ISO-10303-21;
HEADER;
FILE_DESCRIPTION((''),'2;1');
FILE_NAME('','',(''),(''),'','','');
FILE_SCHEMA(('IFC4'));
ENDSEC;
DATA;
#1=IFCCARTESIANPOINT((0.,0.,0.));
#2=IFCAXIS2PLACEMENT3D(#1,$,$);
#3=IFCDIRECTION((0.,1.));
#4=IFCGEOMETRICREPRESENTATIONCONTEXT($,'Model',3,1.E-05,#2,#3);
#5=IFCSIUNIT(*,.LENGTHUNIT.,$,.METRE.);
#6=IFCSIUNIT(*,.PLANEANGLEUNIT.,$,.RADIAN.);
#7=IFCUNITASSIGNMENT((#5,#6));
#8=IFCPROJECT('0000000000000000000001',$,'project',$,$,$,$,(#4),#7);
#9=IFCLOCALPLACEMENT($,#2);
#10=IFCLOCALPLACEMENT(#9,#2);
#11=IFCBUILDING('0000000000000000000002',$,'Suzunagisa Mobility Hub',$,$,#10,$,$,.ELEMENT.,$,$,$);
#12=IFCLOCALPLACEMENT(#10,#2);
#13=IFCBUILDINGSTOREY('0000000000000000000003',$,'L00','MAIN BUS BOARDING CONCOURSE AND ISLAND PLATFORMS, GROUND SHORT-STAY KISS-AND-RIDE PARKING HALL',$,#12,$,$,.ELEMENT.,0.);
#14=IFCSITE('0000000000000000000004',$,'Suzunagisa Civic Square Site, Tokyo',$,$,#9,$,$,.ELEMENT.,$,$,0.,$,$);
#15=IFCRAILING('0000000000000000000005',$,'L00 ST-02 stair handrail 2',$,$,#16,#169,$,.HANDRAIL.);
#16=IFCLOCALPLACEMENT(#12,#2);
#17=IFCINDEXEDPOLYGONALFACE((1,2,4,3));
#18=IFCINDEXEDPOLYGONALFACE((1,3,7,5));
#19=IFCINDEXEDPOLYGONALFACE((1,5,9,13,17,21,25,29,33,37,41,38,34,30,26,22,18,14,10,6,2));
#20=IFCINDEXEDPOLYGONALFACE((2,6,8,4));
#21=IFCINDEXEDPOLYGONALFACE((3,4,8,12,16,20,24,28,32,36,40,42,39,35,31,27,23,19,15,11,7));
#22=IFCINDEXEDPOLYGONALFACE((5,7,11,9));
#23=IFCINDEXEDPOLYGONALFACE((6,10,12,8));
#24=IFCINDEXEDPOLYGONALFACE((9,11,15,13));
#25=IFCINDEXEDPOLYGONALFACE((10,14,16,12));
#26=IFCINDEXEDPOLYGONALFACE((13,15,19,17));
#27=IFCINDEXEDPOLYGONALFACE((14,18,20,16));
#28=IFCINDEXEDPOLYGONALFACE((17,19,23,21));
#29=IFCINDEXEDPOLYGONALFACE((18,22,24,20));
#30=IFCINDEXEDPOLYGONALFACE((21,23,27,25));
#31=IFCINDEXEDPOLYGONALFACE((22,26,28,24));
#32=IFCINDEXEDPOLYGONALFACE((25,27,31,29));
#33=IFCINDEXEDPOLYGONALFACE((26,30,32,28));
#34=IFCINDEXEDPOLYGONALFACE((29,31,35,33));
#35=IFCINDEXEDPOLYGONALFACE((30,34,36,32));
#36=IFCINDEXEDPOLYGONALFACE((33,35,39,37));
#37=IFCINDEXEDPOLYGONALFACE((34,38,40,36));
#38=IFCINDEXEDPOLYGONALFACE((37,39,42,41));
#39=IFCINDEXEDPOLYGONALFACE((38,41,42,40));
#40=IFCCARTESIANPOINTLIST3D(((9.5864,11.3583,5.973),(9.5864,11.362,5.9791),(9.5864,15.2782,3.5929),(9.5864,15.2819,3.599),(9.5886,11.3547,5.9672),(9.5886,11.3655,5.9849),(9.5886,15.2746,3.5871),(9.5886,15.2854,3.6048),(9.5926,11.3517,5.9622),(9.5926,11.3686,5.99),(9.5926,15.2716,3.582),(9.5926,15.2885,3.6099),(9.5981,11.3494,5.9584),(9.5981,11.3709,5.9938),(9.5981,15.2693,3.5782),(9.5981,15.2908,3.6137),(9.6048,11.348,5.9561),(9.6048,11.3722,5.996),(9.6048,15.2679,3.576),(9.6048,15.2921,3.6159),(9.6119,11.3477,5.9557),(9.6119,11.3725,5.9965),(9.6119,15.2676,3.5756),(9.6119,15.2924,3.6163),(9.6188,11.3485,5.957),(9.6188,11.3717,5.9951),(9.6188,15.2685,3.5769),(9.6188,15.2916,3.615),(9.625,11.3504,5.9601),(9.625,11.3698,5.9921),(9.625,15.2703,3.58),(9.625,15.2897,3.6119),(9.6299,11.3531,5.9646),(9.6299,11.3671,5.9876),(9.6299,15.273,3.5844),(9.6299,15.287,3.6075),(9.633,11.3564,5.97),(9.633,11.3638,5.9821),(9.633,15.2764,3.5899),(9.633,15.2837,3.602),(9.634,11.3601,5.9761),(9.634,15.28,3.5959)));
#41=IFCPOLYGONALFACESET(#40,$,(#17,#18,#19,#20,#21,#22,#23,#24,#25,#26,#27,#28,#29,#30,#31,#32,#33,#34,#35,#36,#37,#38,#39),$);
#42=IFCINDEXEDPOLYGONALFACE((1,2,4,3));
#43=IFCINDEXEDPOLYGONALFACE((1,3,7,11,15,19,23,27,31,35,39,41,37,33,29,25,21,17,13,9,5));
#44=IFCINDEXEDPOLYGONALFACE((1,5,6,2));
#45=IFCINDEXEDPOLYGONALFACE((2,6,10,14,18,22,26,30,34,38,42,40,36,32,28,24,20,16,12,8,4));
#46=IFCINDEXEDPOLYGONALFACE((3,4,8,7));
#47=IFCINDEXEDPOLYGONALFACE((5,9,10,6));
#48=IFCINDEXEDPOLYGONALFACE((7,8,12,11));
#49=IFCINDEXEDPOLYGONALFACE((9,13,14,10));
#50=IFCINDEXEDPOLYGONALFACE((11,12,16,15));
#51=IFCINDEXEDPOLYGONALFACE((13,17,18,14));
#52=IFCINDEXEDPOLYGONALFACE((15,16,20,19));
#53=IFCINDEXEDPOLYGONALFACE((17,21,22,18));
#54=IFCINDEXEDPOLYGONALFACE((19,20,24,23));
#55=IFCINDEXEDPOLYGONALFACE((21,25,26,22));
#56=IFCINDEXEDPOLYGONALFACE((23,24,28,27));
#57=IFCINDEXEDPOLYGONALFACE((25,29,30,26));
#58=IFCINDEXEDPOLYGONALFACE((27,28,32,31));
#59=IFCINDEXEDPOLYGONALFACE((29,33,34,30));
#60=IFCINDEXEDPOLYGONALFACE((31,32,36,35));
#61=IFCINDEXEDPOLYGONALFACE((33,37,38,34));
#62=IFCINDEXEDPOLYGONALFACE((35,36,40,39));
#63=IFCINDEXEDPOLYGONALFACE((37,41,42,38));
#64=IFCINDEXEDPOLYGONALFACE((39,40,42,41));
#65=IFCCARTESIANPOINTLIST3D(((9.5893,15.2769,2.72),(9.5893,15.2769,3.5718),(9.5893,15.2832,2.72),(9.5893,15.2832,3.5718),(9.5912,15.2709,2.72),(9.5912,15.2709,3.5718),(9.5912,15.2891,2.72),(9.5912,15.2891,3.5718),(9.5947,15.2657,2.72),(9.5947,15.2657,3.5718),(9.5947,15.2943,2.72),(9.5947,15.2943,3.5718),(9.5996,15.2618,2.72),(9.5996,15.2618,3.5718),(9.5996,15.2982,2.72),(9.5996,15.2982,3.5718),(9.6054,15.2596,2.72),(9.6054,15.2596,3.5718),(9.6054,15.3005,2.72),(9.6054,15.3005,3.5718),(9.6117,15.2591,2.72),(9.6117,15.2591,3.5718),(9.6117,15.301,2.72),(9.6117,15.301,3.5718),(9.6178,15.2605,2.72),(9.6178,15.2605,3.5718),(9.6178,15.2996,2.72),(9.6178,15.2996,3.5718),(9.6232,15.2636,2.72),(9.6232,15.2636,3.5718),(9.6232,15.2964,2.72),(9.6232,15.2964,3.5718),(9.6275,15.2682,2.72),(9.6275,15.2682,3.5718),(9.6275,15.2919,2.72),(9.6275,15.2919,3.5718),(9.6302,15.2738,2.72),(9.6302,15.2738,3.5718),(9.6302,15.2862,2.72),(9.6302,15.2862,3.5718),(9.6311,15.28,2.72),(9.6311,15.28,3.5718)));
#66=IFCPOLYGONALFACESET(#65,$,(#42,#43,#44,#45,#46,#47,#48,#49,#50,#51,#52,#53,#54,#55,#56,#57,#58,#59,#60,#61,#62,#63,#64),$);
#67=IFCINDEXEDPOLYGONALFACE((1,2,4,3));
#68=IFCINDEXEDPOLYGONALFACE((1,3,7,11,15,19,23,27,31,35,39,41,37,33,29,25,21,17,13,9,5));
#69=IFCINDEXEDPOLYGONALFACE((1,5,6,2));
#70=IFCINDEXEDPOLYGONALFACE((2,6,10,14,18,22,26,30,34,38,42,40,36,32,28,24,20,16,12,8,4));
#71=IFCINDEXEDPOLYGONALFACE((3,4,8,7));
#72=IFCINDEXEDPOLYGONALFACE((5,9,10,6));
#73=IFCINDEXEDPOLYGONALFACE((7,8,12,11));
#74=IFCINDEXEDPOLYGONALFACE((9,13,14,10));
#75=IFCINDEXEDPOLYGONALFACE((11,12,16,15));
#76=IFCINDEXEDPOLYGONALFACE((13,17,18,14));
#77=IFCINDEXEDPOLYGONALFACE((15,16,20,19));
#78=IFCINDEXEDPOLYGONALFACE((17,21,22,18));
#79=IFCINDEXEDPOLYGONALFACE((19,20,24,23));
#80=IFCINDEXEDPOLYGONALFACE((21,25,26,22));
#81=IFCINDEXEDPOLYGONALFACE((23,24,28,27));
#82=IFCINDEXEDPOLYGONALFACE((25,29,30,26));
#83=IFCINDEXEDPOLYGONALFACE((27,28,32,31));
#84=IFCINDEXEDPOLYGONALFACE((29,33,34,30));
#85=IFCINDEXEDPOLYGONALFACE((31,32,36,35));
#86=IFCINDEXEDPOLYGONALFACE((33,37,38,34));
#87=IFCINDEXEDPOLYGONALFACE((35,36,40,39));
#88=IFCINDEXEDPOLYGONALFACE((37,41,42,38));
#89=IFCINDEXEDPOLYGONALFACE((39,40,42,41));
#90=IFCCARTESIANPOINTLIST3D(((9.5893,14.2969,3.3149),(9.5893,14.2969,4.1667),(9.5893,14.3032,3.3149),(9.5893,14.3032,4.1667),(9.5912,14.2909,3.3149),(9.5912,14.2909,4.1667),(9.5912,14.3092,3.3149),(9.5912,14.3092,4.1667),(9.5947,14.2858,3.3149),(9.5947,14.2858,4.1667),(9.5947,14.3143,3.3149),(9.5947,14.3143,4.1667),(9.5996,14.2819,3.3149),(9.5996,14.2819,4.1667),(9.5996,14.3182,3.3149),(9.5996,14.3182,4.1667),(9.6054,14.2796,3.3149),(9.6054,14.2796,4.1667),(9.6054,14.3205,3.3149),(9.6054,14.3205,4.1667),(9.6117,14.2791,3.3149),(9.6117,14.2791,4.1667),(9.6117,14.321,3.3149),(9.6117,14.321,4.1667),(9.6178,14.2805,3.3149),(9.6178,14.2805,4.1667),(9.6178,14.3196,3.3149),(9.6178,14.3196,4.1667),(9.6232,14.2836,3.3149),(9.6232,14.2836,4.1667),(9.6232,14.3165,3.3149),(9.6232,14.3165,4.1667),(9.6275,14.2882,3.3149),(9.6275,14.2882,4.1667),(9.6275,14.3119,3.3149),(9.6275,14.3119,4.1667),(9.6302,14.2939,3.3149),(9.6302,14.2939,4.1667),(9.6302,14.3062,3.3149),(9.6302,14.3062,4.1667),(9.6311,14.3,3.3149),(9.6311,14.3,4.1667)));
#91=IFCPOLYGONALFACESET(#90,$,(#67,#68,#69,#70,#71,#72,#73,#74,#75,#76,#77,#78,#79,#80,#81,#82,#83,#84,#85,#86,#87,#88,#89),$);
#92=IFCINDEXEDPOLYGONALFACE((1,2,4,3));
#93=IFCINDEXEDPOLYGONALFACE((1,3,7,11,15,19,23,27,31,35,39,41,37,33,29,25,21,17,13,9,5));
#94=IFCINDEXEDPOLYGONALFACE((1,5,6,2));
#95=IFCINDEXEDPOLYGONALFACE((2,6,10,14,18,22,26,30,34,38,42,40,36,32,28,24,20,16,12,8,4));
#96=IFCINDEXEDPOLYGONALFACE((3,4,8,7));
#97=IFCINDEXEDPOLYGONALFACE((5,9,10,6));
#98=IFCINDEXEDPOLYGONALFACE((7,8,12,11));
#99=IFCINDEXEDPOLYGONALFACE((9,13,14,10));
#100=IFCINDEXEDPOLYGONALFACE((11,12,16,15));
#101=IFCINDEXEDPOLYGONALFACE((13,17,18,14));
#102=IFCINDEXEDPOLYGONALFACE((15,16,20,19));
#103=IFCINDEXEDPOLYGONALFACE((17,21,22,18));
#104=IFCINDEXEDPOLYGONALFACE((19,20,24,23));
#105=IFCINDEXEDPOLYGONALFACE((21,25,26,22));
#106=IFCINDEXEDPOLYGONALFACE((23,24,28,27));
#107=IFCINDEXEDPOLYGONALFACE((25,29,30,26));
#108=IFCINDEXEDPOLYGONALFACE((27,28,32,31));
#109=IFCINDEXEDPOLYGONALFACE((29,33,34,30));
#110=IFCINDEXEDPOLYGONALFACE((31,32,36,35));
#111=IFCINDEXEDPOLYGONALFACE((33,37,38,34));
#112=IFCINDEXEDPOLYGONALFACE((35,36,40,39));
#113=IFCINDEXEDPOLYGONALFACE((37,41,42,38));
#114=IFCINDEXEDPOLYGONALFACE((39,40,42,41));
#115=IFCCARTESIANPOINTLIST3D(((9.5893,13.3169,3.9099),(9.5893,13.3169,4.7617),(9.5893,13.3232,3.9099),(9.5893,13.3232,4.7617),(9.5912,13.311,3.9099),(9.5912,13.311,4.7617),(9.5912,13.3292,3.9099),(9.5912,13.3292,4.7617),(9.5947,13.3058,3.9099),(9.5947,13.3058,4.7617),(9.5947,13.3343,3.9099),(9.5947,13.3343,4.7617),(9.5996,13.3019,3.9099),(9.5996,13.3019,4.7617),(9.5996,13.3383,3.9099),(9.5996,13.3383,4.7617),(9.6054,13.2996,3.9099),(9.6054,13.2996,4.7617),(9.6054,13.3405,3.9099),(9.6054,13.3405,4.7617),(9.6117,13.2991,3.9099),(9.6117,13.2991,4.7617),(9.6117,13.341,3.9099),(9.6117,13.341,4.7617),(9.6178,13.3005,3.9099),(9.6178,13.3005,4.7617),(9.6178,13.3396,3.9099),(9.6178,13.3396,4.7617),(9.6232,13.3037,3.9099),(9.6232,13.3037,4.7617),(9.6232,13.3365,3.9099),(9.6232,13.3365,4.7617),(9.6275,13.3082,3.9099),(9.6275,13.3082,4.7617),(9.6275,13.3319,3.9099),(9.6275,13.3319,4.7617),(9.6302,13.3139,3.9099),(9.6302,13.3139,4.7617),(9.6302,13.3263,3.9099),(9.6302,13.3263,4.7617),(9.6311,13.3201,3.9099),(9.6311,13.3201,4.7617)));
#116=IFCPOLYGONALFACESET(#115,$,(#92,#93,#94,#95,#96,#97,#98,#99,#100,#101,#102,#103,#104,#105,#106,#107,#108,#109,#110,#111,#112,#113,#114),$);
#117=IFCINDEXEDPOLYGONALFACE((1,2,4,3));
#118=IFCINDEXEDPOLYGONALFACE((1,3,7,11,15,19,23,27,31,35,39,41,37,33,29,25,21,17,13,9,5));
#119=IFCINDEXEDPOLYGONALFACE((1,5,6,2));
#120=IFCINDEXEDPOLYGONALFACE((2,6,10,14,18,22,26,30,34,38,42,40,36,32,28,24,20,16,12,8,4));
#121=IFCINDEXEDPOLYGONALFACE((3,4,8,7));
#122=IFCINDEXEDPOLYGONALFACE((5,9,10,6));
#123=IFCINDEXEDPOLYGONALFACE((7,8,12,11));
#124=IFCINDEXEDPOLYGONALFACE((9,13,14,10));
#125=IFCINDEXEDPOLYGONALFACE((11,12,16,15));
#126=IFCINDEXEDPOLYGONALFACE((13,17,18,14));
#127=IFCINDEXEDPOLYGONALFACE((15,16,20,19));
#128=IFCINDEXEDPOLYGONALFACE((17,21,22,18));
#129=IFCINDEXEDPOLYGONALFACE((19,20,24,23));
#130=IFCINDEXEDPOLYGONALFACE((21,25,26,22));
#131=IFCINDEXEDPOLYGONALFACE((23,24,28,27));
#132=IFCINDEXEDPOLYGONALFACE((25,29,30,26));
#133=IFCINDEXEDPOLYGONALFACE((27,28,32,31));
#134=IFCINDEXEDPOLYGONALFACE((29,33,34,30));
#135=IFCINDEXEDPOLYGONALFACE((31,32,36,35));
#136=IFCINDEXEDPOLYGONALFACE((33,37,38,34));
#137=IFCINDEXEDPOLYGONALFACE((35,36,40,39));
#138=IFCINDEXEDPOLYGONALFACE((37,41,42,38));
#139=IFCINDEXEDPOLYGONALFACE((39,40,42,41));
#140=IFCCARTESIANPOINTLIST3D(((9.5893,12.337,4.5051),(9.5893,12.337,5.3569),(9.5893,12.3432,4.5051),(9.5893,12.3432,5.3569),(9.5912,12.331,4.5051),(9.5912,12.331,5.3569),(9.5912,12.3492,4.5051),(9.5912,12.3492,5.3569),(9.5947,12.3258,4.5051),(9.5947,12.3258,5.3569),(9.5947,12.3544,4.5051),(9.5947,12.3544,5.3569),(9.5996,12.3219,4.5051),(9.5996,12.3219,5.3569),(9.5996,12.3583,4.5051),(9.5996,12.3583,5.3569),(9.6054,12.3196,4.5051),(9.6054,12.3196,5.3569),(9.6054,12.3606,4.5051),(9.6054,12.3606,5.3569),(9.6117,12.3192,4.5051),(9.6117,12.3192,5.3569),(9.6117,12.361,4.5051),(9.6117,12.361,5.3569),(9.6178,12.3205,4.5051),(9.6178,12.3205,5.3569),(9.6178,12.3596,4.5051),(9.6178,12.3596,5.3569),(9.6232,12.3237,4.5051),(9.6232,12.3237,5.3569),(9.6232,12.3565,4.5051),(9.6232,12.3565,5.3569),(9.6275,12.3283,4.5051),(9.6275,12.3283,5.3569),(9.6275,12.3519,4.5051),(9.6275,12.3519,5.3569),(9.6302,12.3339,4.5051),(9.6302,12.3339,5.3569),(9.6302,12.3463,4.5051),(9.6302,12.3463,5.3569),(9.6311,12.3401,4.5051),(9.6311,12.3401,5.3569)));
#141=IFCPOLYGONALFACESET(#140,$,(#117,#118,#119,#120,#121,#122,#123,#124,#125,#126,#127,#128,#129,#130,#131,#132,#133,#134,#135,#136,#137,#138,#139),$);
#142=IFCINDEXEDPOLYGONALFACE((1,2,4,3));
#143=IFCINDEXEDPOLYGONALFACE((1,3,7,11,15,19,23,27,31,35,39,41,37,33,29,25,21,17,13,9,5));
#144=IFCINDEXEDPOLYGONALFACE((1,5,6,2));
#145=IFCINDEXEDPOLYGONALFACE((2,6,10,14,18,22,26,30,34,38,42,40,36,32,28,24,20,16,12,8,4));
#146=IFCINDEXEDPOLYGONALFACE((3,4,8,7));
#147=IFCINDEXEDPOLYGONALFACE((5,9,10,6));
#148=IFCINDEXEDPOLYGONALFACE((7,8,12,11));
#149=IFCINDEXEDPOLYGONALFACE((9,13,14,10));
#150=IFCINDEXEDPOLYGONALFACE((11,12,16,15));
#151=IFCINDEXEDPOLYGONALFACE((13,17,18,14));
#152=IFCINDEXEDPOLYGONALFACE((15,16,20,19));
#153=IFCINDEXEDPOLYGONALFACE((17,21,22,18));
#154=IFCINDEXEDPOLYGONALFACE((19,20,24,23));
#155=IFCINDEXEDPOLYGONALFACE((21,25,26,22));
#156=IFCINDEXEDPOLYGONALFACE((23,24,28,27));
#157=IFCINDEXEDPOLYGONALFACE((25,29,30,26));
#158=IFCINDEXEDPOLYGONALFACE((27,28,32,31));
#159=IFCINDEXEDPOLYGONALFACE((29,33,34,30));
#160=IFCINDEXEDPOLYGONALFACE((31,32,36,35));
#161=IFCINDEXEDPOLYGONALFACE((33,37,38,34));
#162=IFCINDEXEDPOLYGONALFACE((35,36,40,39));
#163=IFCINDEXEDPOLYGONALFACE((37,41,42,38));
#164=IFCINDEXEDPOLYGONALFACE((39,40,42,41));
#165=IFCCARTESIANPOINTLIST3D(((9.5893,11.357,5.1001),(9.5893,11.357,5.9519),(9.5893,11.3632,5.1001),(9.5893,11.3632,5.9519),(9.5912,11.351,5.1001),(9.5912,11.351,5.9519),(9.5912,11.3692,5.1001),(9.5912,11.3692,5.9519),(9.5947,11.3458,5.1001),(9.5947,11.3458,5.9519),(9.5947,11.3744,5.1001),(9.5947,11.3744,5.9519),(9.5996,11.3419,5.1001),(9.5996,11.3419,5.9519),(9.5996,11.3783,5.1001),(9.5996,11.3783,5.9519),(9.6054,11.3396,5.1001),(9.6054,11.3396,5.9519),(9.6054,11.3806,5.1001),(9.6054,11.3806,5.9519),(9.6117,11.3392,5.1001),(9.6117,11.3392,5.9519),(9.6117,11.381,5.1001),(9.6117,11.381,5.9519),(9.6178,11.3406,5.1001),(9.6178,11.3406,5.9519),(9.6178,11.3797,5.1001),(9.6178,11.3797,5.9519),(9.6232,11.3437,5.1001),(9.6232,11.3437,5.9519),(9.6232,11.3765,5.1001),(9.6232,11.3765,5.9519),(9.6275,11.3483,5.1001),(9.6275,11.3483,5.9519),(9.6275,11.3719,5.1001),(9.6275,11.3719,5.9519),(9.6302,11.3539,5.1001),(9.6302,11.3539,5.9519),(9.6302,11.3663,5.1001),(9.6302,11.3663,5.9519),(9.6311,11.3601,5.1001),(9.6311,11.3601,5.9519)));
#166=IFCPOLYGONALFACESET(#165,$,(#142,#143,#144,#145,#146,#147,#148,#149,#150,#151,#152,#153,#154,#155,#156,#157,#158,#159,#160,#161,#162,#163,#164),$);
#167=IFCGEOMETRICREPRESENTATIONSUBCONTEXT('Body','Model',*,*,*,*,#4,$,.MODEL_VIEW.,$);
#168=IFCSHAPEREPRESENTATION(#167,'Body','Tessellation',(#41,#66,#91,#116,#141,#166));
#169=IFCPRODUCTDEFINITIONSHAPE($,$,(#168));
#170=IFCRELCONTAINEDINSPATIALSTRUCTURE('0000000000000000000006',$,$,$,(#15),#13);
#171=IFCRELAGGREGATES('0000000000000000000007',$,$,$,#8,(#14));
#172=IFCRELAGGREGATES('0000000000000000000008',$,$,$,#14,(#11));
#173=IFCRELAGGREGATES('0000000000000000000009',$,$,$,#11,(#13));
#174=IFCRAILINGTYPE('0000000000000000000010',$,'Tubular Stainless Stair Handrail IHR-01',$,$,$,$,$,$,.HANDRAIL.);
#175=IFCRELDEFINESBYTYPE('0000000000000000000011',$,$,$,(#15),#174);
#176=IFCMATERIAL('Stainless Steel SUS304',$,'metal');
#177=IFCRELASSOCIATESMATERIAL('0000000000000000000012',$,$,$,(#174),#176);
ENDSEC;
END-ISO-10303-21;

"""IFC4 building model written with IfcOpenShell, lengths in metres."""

from ifc_helpers import new_model, si_unit, direction, frame, origin, origin_2d, place, context, subcontext, project, spatial, circle, extrude, material, type_object, element, save


model = new_model("IFC4")

# Units and contexts
model_context = context("Model", 3, precision=1e-05, world=origin(), true_north=direction((0.0, 1.0)))
body_context = subcontext(model_context, "Body", "Model", "MODEL_VIEW")
ifc_project = project(units=[si_unit("LENGTHUNIT", "METRE"), si_unit("PLANEANGLEUNIT", "RADIAN")], contexts=[model_context])

# Site, building, storey
site_placement = place(None, origin())
site = spatial("IfcSite", under=ifc_project, at=site_placement, Name="Suzunagisa Civic Square Site, Tokyo", CompositionType="ELEMENT", RefElevation=0.0)
building_placement = place(site_placement, origin())
building = spatial("IfcBuilding", under=site, at=building_placement, Name="Suzunagisa Mobility Hub", CompositionType="ELEMENT")
storey_placement = place(building_placement, origin())
storey = spatial("IfcBuildingStorey", under=building, at=storey_placement, Name="L00", Description="MAIN BUS BOARDING CONCOURSE AND ISLAND PLATFORMS, GROUND SHORT-STAY KISS-AND-RIDE PARKING HALL", CompositionType="ELEMENT", Elevation=0.0)

# Railing
ifc_material_1 = material(Name="Stainless Steel SUS304", Category="metal")
railing_type_1 = type_object("IfcRailingType", Name="Tubular Stainless Stair Handrail IHR-01", PredefinedType="HANDRAIL", material=ifc_material_1)
railing_1_placement = place(storey_placement, frame((9.6101, 15.28, 2.72)))
element("IfcRailing", 1, at=railing_1_placement, inside=storey, type_object=railing_type_1, Name="L00 ST-02 stair handrail 2", PredefinedType="HANDRAIL", context=body_context, shape_type="SweptSolid", body=[
    extrude(circle(Radius=0.0239, at=origin_2d()), frame((0.0, 0.0, 0.876), z_axis=(0.0, -0.854771, 0.519006), x_axis=(1.0, 0.0, 0.0)), (0.0, 0.0, 1.0), 4.5859),
    extrude(circle(Radius=0.021, at=origin_2d()), origin(), (0.0, 0.0, 1.0), 0.8518),
    extrude(circle(Radius=0.021, at=origin_2d()), frame((0.0, -0.98, 0.595)), (0.0, 0.0, 1.0), 0.8518),
    extrude(circle(Radius=0.021, at=origin_2d()), frame((0.0, -1.96, 1.1899)), (0.0, 0.0, 1.0), 0.8518),
    extrude(circle(Radius=0.021, at=origin_2d()), frame((0.0, -2.9399, 1.7852)), (0.0, 0.0, 1.0), 0.8518),
    extrude(circle(Radius=0.021, at=origin_2d()), frame((0.0, -3.9199, 2.3801)), (0.0, 0.0, 1.0), 0.8518),
])

save(model, "model.ifc")
